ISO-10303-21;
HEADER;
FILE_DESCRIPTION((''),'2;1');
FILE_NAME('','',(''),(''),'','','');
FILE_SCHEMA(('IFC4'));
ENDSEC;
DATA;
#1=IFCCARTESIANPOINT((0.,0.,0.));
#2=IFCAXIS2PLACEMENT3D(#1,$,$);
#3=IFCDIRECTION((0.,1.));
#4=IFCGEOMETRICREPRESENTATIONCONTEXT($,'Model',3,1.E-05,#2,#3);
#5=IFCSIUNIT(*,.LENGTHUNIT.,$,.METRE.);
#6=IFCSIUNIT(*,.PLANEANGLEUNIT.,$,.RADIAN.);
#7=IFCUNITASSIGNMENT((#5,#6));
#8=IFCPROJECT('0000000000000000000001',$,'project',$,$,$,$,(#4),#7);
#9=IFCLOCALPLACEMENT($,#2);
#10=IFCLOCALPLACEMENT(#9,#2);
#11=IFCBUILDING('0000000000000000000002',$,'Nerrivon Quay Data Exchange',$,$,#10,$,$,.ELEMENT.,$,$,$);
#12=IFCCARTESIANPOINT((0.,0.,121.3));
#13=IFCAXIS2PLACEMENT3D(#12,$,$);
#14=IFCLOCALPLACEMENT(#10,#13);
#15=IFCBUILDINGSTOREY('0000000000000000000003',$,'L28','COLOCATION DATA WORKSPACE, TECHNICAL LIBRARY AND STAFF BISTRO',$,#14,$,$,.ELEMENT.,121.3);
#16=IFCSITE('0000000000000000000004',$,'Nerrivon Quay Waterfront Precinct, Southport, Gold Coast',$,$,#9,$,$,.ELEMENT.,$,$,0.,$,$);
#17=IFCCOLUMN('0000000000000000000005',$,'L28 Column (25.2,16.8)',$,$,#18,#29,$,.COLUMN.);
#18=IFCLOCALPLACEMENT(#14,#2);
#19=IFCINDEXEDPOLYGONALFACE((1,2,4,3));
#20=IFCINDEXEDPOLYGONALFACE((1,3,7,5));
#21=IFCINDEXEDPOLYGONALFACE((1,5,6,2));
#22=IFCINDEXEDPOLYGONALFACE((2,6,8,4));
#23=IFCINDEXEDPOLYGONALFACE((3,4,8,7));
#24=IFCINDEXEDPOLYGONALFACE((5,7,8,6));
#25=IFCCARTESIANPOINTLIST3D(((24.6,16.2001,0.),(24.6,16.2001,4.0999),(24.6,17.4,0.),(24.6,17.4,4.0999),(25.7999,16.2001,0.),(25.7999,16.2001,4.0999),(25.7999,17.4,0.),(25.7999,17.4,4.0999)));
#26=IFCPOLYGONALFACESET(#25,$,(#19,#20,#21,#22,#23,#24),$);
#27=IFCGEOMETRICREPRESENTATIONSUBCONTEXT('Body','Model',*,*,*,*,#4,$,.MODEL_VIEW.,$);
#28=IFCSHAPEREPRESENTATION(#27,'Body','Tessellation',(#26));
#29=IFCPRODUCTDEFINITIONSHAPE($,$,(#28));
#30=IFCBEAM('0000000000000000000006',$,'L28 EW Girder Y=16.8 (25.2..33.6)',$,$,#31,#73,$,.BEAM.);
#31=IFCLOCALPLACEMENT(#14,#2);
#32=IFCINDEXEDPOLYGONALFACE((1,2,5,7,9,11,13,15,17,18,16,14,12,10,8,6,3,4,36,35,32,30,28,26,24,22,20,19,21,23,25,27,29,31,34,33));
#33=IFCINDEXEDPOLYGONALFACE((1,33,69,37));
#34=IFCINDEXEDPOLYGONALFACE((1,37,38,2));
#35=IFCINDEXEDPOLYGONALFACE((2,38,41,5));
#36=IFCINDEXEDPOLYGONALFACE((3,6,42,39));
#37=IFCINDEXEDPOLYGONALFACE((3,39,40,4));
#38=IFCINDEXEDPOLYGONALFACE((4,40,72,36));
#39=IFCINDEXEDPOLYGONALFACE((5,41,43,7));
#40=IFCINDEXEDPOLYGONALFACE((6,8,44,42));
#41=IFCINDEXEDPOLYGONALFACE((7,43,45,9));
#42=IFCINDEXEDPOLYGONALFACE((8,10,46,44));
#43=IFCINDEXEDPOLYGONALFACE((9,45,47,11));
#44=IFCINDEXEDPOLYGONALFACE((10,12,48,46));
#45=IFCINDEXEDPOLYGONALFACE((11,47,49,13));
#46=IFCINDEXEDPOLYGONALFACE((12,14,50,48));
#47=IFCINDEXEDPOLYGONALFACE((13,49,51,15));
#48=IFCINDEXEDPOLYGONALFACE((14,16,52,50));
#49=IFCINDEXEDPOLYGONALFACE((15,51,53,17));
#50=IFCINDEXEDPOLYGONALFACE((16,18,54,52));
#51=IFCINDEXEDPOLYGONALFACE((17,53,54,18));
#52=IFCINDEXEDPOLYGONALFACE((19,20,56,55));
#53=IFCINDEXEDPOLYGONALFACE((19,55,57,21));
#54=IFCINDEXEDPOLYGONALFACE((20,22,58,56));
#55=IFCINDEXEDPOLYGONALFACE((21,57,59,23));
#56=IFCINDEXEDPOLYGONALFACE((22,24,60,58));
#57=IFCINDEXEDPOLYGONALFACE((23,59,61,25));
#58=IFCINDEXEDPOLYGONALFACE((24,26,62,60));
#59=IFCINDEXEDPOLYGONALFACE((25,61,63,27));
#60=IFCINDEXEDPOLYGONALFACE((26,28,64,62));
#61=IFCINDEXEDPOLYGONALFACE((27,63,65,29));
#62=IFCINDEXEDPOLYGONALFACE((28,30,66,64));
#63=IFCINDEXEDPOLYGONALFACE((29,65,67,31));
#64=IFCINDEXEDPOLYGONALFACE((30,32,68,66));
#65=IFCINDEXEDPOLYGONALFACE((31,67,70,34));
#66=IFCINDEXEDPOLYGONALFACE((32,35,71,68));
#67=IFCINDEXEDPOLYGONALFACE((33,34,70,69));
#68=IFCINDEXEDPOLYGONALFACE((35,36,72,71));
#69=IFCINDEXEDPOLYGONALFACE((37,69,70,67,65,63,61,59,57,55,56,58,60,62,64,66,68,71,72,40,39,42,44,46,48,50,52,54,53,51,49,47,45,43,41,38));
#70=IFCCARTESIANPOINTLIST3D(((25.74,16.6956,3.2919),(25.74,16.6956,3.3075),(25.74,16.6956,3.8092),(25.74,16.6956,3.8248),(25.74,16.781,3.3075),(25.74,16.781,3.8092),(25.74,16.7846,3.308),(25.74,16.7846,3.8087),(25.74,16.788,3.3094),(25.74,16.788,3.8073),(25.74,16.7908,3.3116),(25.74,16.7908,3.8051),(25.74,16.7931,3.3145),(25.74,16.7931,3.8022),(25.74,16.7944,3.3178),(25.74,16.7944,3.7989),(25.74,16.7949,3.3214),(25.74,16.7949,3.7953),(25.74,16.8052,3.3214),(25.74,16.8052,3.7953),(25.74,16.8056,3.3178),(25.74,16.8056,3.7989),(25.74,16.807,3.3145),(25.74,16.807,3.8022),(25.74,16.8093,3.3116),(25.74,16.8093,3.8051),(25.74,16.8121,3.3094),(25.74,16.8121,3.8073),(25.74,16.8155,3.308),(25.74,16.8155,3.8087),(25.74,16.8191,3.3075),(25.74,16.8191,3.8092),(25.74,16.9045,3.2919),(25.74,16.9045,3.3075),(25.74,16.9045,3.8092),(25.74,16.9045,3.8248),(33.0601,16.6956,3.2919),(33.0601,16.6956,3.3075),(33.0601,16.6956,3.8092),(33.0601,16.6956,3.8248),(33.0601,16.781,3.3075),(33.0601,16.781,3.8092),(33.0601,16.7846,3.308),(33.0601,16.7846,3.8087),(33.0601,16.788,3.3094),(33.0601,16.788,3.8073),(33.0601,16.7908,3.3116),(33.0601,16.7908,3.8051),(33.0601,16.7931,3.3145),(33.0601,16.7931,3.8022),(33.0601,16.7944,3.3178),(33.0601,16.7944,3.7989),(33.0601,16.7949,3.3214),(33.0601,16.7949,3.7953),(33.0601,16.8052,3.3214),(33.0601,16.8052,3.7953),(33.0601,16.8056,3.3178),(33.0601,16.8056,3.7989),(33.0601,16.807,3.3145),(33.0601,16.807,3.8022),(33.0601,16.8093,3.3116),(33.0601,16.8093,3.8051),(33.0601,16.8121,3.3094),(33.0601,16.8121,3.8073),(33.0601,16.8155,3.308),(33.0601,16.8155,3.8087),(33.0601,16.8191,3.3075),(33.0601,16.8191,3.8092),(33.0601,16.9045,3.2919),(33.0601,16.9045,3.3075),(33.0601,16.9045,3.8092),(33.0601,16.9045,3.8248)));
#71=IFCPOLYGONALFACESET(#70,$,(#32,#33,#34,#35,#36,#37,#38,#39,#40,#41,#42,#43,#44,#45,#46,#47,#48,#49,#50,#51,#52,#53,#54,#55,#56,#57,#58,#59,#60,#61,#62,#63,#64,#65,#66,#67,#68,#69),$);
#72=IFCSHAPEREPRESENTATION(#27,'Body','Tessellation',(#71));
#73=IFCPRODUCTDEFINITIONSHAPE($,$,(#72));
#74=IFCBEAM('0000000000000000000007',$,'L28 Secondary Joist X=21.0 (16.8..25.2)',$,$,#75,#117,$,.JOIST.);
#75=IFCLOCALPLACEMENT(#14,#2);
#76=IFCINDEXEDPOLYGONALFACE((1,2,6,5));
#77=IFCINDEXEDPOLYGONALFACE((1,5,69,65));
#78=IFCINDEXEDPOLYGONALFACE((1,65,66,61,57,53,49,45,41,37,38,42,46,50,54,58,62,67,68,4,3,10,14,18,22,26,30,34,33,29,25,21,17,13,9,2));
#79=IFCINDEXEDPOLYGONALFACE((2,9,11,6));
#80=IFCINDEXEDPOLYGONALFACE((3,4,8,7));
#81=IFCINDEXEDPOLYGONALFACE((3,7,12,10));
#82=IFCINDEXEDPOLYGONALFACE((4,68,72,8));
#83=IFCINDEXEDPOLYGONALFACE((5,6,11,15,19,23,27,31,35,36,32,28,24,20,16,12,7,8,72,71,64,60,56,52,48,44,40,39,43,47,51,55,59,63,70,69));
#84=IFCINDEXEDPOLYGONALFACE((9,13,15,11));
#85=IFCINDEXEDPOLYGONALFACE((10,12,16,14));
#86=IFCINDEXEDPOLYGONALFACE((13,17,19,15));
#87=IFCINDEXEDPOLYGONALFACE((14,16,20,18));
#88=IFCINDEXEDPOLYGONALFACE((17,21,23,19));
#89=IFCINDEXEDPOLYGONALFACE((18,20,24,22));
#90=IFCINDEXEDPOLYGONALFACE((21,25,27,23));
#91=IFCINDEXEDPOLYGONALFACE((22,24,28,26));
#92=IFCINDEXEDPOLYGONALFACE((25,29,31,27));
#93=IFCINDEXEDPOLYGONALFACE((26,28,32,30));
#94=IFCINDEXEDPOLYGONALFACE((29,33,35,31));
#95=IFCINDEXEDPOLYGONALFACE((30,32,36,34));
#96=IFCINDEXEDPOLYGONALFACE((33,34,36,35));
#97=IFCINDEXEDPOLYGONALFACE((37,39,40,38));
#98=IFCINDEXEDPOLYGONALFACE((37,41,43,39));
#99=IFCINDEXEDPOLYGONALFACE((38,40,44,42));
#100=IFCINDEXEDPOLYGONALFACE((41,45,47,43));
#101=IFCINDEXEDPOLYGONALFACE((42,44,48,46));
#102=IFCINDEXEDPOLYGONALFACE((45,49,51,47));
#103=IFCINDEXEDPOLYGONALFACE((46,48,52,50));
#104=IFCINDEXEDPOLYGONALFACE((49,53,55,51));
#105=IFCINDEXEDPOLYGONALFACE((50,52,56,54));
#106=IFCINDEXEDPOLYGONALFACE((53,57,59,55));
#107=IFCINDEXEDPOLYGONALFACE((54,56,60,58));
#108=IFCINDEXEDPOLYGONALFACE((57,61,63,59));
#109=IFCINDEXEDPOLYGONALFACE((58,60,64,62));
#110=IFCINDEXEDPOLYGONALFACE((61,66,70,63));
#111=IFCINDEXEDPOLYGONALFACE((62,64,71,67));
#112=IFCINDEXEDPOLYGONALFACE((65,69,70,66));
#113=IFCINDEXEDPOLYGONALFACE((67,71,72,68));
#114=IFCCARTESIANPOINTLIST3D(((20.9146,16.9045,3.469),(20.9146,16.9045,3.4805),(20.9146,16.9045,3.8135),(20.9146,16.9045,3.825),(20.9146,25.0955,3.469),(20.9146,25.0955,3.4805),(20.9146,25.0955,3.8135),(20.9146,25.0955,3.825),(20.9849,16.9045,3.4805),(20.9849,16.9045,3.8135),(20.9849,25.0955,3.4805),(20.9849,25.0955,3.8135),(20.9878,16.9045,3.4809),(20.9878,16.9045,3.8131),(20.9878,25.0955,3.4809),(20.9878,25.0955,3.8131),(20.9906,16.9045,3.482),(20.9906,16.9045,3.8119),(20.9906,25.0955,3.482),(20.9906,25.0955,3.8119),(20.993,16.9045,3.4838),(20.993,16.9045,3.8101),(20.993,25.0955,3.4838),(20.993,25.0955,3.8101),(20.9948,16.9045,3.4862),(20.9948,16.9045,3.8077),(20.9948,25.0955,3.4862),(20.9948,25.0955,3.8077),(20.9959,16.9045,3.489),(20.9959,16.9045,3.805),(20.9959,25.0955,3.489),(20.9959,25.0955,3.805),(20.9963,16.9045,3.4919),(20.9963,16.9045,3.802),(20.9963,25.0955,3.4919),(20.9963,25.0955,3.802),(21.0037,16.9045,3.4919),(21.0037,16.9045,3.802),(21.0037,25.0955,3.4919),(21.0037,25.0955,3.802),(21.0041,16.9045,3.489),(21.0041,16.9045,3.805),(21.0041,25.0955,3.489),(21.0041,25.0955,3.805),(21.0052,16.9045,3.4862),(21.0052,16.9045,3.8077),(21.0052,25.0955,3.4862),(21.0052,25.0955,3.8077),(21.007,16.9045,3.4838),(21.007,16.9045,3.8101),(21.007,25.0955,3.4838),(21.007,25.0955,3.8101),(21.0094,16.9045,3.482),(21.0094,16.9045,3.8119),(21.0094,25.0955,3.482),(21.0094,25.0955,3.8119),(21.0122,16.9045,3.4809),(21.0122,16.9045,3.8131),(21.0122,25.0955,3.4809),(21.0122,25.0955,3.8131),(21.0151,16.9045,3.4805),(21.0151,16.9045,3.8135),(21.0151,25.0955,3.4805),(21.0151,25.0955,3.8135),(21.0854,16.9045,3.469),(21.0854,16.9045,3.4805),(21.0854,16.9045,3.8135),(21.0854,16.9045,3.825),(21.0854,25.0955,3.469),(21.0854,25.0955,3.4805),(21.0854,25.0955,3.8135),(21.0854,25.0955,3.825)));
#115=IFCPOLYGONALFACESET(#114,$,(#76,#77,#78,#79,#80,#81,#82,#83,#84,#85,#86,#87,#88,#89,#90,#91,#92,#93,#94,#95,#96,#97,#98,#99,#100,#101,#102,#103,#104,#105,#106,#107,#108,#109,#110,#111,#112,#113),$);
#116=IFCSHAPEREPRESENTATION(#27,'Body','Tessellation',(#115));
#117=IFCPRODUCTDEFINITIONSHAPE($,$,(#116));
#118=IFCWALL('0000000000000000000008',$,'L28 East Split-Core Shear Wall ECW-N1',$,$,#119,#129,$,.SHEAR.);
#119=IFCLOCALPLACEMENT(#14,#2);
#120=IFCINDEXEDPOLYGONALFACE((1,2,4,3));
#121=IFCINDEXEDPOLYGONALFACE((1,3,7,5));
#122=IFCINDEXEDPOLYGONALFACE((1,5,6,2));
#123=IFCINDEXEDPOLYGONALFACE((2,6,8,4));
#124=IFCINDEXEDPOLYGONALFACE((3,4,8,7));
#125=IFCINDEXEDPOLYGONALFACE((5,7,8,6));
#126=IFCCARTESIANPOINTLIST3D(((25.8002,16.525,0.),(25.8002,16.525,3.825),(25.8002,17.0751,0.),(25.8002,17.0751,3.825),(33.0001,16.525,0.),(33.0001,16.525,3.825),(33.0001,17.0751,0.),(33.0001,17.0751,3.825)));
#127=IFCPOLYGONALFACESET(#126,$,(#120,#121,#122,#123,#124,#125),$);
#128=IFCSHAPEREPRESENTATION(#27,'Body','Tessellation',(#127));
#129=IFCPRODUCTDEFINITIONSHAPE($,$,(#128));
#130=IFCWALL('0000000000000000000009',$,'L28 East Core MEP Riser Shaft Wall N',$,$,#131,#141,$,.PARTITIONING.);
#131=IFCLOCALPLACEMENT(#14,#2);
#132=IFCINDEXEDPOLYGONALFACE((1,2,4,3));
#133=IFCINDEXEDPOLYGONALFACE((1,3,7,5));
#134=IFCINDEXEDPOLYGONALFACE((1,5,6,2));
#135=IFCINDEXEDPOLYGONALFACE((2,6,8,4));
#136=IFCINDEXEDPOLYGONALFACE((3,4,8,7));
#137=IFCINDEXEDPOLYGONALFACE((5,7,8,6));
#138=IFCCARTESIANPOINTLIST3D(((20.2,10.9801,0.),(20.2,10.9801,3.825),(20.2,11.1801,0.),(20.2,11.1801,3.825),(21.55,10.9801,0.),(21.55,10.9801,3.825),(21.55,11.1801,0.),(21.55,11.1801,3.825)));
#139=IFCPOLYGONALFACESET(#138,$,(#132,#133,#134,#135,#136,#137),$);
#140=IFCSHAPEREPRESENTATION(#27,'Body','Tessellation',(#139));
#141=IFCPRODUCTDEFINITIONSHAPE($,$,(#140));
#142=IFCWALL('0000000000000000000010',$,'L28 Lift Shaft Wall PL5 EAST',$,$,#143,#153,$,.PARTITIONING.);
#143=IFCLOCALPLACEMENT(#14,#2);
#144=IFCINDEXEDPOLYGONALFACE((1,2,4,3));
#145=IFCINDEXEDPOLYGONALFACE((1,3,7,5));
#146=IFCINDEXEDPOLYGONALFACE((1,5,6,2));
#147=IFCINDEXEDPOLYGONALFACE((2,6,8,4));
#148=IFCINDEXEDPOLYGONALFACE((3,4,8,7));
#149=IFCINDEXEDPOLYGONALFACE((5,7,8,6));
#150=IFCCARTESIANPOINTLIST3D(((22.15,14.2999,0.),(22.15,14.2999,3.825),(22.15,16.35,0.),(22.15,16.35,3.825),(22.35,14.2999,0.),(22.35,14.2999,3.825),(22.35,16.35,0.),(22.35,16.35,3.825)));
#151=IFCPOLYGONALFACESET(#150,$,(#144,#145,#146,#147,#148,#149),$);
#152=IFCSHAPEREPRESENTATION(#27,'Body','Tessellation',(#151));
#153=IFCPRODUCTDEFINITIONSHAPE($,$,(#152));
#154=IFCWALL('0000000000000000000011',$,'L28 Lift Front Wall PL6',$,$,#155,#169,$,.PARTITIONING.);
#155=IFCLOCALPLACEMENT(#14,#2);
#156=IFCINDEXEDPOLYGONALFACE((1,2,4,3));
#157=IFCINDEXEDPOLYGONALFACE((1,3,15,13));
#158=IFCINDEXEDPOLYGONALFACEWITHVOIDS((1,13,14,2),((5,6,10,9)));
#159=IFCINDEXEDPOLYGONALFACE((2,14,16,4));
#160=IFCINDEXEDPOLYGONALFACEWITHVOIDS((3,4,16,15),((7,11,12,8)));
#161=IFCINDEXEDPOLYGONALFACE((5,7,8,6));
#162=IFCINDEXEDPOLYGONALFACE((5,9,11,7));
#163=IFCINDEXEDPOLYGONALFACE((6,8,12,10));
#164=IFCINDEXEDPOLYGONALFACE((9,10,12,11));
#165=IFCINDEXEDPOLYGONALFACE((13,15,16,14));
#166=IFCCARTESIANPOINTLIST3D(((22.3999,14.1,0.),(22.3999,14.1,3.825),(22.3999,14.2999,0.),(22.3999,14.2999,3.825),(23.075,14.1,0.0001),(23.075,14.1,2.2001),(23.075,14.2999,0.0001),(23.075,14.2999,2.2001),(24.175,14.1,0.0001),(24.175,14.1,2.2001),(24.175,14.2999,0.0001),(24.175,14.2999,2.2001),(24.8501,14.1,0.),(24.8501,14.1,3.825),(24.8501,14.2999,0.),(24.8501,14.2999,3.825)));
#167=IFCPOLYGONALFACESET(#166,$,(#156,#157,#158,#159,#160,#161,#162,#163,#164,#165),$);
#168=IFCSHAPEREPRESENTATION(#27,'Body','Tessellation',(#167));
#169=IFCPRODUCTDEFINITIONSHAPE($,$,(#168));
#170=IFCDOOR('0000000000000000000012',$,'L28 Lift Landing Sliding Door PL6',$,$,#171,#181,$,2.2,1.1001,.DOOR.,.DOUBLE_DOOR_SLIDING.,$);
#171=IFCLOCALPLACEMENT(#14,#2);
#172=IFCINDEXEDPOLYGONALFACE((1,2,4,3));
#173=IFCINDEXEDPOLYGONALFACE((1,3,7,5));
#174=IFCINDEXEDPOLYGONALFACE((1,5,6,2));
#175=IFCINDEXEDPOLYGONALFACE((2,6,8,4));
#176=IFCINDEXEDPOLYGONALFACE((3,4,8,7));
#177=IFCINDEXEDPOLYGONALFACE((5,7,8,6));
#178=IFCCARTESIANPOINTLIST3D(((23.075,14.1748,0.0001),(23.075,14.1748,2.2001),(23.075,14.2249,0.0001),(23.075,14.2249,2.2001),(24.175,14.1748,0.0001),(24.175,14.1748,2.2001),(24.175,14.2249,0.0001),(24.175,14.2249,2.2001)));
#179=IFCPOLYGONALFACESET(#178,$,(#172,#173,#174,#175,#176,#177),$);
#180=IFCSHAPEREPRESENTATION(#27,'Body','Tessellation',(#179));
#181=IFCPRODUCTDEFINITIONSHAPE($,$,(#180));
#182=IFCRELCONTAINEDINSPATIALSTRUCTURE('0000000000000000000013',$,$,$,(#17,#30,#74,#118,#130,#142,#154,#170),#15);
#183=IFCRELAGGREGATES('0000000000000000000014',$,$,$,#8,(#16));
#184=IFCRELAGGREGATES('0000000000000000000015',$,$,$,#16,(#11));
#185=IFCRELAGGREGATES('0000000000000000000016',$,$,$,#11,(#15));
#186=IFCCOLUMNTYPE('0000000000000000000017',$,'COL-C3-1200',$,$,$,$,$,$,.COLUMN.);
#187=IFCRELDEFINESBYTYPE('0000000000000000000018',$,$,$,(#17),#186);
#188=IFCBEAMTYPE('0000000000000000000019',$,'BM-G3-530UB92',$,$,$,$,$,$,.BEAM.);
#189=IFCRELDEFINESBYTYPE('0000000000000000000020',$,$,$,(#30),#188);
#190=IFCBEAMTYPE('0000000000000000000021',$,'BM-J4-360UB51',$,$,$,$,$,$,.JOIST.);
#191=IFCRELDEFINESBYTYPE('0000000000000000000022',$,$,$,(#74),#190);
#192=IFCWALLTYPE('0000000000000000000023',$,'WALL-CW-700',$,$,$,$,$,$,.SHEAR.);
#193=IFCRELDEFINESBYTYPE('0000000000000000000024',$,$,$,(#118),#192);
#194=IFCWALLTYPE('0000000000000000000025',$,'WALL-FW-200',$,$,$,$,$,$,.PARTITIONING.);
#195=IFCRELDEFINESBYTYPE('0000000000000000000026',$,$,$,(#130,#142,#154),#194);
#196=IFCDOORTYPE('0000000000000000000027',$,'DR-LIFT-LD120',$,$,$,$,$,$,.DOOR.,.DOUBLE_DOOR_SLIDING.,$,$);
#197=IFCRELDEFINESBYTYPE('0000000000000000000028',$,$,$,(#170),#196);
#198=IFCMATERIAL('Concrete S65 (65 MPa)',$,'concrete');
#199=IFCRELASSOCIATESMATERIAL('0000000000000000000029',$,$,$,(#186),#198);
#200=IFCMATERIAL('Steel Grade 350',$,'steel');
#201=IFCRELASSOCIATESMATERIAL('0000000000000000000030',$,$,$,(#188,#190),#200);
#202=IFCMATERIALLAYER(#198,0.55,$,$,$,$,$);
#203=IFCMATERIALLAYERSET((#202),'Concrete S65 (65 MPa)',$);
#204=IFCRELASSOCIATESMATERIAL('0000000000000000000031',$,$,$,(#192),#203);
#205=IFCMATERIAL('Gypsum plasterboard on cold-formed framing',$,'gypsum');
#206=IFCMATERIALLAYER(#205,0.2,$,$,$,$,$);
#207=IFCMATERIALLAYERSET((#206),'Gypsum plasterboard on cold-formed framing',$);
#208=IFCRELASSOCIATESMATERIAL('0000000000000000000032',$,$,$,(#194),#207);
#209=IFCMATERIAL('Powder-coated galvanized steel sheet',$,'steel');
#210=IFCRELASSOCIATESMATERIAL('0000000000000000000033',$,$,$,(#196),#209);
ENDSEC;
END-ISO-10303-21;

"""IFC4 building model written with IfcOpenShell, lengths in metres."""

from ifc_helpers import new_model, si_unit, direction, frame, frame_2d, origin, origin_2d, place, context, subcontext, project, spatial, rectangle, i_section, extrude, material, layer, layer_set, material_profile, profile_set, type_object, element, fill, save


model = new_model("IFC4")

# Units and contexts
model_context = context("Model", 3, precision=1e-05, world=origin(), true_north=direction((0.0, 1.0)))
body_context = subcontext(model_context, "Body", "Model", "MODEL_VIEW")
ifc_project = project(units=[si_unit("LENGTHUNIT", "METRE"), si_unit("PLANEANGLEUNIT", "RADIAN")], contexts=[model_context])

# Site, building, storey
site_placement = place(None, origin())
site = spatial("IfcSite", under=ifc_project, at=site_placement, Name="Nerrivon Quay Waterfront Precinct, Southport, Gold Coast", CompositionType="ELEMENT", RefElevation=0.0)
building_placement = place(site_placement, origin())
building = spatial("IfcBuilding", under=site, at=building_placement, Name="Nerrivon Quay Data Exchange", CompositionType="ELEMENT")
storey_placement = place(building_placement, frame((0.0, 0.0, 121.3)))
storey = spatial("IfcBuildingStorey", under=building, at=storey_placement, Name="L28", Description="COLOCATION DATA WORKSPACE, TECHNICAL LIBRARY AND STAFF BISTRO", CompositionType="ELEMENT", Elevation=121.3)

# Column
ifc_material_1 = material(Name="Concrete S65 (65 MPa)", Category="concrete")
ifc_material_profile_1 = material_profile(ifc_material_1, rectangle(XDim=1.2, YDim=1.2, at=origin_2d()), Name="RC-COL-1200x1200")
ifc_profile_set_1 = profile_set([ifc_material_profile_1], Name="Concrete S65 (65 MPa)")
column_type = type_object("IfcColumnType", Name="COL-C3-1200", PredefinedType="COLUMN", material=ifc_profile_set_1)
column_placement = place(storey_placement, frame((25.2, 16.8, 0.0), z_axis=(0.0, 0.0, 1.0), x_axis=(1.0, 0.0, 0.0)))
element("IfcColumn", 1, at=column_placement, inside=storey, type_object=column_type, Name="L28 Column (25.2,16.8)", PredefinedType="COLUMN", context=body_context, shape_type="SweptSolid", body=[
    extrude(rectangle(XDim=1.2, YDim=1.2, at=origin_2d()), origin(), (0.0, 0.0, 1.0), 4.0999),
])

# Beams
ifc_material_2 = material(Name="Steel Grade 350", Category="steel")
ifc_material_profile_2 = material_profile(ifc_material_2, i_section(OverallWidth=0.209, OverallDepth=0.533, WebThickness=0.0103, FlangeThickness=0.0156, FilletRadius=0.0139, at=origin_2d()), Name="530UB92.4")
ifc_profile_set_2 = profile_set([ifc_material_profile_2], Name="Steel Grade 350")
beam_type_1 = type_object("IfcBeamType", Name="BM-G3-530UB92", PredefinedType="BEAM", material=ifc_profile_set_2)
beam_1_placement = place(storey_placement, frame((25.74, 16.8, 3.5583), z_axis=(1.0, 0.0, 0.0), x_axis=(0.0, 1.0, 0.0)))
element("IfcBeam", 2, at=beam_1_placement, inside=storey, type_object=beam_type_1, Name="L28 EW Girder Y=16.8 (25.2..33.6)", PredefinedType="BEAM", context=body_context, shape_type="SweptSolid", body=[
    extrude(i_section(OverallWidth=0.209, OverallDepth=0.533, WebThickness=0.0103, FlangeThickness=0.0156, FilletRadius=0.0139, at=origin_2d()), origin(), (0.0, 0.0, 1.0), 7.3201),
])
ifc_material_profile_3 = material_profile(ifc_material_2, i_section(OverallWidth=0.1709, OverallDepth=0.356, WebThickness=0.0073, FlangeThickness=0.0115, FilletRadius=0.0115, at=origin_2d()), Name="360UB50.7")
ifc_profile_set_3 = profile_set([ifc_material_profile_3], Name="Steel Grade 350")
beam_type_2 = type_object("IfcBeamType", Name="BM-J4-360UB51", PredefinedType="JOIST", material=ifc_profile_set_3)
beam_2_placement = place(storey_placement, frame((21.0, 16.9045, 3.647), z_axis=(0.0, 1.0, 0.0), x_axis=(-1.0, 0.0, 0.0)))
element("IfcBeam", 3, at=beam_2_placement, inside=storey, type_object=beam_type_2, Name="L28 Secondary Joist X=21.0 (16.8..25.2)", PredefinedType="JOIST", context=body_context, shape_type="SweptSolid", body=[
    extrude(i_section(OverallWidth=0.1709, OverallDepth=0.356, WebThickness=0.0073, FlangeThickness=0.0115, FilletRadius=0.0115, at=origin_2d()), origin(), (0.0, 0.0, 1.0), 8.1909),
])

# Walls
ifc_layer_1 = layer(ifc_material_1, 0.55)
ifc_layer_set_1 = layer_set([ifc_layer_1], Name="Concrete S65 (65 MPa)")
wall_type_1 = type_object("IfcWallType", Name="WALL-CW-700", PredefinedType="SHEAR", material=ifc_layer_set_1)
wall_1_placement = place(storey_placement, frame((25.8, 16.8, 0.0), z_axis=(0.0, 0.0, 1.0), x_axis=(1.0, 0.0, 0.0)))
element("IfcWall", 4, at=wall_1_placement, inside=storey, type_object=wall_type_1, Name="L28 East Split-Core Shear Wall ECW-N1", PredefinedType="SHEAR", context=body_context, shape_type="SweptSolid", body=[
    extrude(rectangle(XDim=7.2, YDim=0.55, at=frame_2d((3.6001, 0.0))), origin(), (0.0, 0.0, 1.0), 3.825),
])
ifc_material_3 = material(Name="Gypsum plasterboard on cold-formed framing", Category="gypsum")
ifc_layer_2 = layer(ifc_material_3, 0.2)
ifc_layer_set_2 = layer_set([ifc_layer_2], Name="Gypsum plasterboard on cold-formed framing")
wall_type_2 = type_object("IfcWallType", Name="WALL-FW-200", PredefinedType="PARTITIONING", material=ifc_layer_set_2)
wall_2_placement = place(storey_placement, frame((20.2, 11.0801, 0.0), z_axis=(0.0, 0.0, 1.0), x_axis=(1.0, 0.0, 0.0)))
element("IfcWall", 5, at=wall_2_placement, inside=storey, type_object=wall_type_2, Name="L28 East Core MEP Riser Shaft Wall N", PredefinedType="PARTITIONING", context=body_context, shape_type="SweptSolid", body=[
    extrude(rectangle(XDim=1.3501, YDim=0.2, at=frame_2d((0.675, 0.0))), origin(), (0.0, 0.0, 1.0), 3.825),
])
wall_3_placement = place(storey_placement, frame((22.25, 14.3, 0.0), z_axis=(0.0, 0.0, 1.0), x_axis=(0.0, 1.0, 0.0)))
element("IfcWall", 6, at=wall_3_placement, inside=storey, type_object=wall_type_2, Name="L28 Lift Shaft Wall PL5 EAST", PredefinedType="PARTITIONING", context=body_context, shape_type="SweptSolid", body=[
    extrude(rectangle(XDim=2.05, YDim=0.2, at=frame_2d((1.0249, 0.0))), origin(), (0.0, 0.0, 1.0), 3.825),
])

# Wall, opening, door
wall_4_placement = place(storey_placement, frame((22.3999, 14.2, 0.0), z_axis=(0.0, 0.0, 1.0), x_axis=(1.0, 0.0, 0.0)))
wall_4 = element("IfcWall", 7, at=wall_4_placement, inside=storey, type_object=wall_type_2, Name="L28 Lift Front Wall PL6", PredefinedType="PARTITIONING", context=body_context, shape_type="SweptSolid", body=[
    extrude(rectangle(XDim=2.4502, YDim=0.2, at=frame_2d((1.2251, 0.0))), origin(), (0.0, 0.0, 1.0), 3.825),
])
opening_1_placement = place(wall_4_placement, frame((0.675, 0.0, 0.0)))
opening_1 = element("IfcOpeningElement", 8, at=opening_1_placement, cuts=wall_4, PredefinedType="OPENING", context=body_context, shape_type="SweptSolid", body=[
    extrude(rectangle(XDim=1.1001, YDim=2.2, at=frame_2d((0.55, 1.1001))), frame((0.0, 0.1099, 0.0), z_axis=(0.0, -1.0, 0.0), x_axis=(1.0, 0.0, 0.0)), (0.0, 0.0, 1.0), 0.22),
])
ifc_material_4 = material(Name="Powder-coated galvanized steel sheet", Category="steel")
door_type_1 = type_object("IfcDoorType", Name="DR-LIFT-LD120", OperationType="DOUBLE_DOOR_SLIDING", PredefinedType="DOOR", material=ifc_material_4)
door_1_placement = place(opening_1_placement, origin())
door_1 = element("IfcDoor", 9, at=door_1_placement, inside=storey, type_object=door_type_1, Name="L28 Lift Landing Sliding Door PL6", OperationType="DOUBLE_DOOR_SLIDING", OverallHeight=2.2, OverallWidth=1.1001, PredefinedType="DOOR", context=body_context, shape_type="SweptSolid", body=[
    extrude(rectangle(XDim=1.1001, YDim=2.2, at=frame_2d((0.55, 1.1001))), frame((0.0, 0.0249, 0.0), z_axis=(0.0, -1.0, 0.0), x_axis=(1.0, 0.0, 0.0)), (0.0, 0.0, 1.0), 0.05),
])
fill(opening_1, door_1)

save(model, "model.ifc")
